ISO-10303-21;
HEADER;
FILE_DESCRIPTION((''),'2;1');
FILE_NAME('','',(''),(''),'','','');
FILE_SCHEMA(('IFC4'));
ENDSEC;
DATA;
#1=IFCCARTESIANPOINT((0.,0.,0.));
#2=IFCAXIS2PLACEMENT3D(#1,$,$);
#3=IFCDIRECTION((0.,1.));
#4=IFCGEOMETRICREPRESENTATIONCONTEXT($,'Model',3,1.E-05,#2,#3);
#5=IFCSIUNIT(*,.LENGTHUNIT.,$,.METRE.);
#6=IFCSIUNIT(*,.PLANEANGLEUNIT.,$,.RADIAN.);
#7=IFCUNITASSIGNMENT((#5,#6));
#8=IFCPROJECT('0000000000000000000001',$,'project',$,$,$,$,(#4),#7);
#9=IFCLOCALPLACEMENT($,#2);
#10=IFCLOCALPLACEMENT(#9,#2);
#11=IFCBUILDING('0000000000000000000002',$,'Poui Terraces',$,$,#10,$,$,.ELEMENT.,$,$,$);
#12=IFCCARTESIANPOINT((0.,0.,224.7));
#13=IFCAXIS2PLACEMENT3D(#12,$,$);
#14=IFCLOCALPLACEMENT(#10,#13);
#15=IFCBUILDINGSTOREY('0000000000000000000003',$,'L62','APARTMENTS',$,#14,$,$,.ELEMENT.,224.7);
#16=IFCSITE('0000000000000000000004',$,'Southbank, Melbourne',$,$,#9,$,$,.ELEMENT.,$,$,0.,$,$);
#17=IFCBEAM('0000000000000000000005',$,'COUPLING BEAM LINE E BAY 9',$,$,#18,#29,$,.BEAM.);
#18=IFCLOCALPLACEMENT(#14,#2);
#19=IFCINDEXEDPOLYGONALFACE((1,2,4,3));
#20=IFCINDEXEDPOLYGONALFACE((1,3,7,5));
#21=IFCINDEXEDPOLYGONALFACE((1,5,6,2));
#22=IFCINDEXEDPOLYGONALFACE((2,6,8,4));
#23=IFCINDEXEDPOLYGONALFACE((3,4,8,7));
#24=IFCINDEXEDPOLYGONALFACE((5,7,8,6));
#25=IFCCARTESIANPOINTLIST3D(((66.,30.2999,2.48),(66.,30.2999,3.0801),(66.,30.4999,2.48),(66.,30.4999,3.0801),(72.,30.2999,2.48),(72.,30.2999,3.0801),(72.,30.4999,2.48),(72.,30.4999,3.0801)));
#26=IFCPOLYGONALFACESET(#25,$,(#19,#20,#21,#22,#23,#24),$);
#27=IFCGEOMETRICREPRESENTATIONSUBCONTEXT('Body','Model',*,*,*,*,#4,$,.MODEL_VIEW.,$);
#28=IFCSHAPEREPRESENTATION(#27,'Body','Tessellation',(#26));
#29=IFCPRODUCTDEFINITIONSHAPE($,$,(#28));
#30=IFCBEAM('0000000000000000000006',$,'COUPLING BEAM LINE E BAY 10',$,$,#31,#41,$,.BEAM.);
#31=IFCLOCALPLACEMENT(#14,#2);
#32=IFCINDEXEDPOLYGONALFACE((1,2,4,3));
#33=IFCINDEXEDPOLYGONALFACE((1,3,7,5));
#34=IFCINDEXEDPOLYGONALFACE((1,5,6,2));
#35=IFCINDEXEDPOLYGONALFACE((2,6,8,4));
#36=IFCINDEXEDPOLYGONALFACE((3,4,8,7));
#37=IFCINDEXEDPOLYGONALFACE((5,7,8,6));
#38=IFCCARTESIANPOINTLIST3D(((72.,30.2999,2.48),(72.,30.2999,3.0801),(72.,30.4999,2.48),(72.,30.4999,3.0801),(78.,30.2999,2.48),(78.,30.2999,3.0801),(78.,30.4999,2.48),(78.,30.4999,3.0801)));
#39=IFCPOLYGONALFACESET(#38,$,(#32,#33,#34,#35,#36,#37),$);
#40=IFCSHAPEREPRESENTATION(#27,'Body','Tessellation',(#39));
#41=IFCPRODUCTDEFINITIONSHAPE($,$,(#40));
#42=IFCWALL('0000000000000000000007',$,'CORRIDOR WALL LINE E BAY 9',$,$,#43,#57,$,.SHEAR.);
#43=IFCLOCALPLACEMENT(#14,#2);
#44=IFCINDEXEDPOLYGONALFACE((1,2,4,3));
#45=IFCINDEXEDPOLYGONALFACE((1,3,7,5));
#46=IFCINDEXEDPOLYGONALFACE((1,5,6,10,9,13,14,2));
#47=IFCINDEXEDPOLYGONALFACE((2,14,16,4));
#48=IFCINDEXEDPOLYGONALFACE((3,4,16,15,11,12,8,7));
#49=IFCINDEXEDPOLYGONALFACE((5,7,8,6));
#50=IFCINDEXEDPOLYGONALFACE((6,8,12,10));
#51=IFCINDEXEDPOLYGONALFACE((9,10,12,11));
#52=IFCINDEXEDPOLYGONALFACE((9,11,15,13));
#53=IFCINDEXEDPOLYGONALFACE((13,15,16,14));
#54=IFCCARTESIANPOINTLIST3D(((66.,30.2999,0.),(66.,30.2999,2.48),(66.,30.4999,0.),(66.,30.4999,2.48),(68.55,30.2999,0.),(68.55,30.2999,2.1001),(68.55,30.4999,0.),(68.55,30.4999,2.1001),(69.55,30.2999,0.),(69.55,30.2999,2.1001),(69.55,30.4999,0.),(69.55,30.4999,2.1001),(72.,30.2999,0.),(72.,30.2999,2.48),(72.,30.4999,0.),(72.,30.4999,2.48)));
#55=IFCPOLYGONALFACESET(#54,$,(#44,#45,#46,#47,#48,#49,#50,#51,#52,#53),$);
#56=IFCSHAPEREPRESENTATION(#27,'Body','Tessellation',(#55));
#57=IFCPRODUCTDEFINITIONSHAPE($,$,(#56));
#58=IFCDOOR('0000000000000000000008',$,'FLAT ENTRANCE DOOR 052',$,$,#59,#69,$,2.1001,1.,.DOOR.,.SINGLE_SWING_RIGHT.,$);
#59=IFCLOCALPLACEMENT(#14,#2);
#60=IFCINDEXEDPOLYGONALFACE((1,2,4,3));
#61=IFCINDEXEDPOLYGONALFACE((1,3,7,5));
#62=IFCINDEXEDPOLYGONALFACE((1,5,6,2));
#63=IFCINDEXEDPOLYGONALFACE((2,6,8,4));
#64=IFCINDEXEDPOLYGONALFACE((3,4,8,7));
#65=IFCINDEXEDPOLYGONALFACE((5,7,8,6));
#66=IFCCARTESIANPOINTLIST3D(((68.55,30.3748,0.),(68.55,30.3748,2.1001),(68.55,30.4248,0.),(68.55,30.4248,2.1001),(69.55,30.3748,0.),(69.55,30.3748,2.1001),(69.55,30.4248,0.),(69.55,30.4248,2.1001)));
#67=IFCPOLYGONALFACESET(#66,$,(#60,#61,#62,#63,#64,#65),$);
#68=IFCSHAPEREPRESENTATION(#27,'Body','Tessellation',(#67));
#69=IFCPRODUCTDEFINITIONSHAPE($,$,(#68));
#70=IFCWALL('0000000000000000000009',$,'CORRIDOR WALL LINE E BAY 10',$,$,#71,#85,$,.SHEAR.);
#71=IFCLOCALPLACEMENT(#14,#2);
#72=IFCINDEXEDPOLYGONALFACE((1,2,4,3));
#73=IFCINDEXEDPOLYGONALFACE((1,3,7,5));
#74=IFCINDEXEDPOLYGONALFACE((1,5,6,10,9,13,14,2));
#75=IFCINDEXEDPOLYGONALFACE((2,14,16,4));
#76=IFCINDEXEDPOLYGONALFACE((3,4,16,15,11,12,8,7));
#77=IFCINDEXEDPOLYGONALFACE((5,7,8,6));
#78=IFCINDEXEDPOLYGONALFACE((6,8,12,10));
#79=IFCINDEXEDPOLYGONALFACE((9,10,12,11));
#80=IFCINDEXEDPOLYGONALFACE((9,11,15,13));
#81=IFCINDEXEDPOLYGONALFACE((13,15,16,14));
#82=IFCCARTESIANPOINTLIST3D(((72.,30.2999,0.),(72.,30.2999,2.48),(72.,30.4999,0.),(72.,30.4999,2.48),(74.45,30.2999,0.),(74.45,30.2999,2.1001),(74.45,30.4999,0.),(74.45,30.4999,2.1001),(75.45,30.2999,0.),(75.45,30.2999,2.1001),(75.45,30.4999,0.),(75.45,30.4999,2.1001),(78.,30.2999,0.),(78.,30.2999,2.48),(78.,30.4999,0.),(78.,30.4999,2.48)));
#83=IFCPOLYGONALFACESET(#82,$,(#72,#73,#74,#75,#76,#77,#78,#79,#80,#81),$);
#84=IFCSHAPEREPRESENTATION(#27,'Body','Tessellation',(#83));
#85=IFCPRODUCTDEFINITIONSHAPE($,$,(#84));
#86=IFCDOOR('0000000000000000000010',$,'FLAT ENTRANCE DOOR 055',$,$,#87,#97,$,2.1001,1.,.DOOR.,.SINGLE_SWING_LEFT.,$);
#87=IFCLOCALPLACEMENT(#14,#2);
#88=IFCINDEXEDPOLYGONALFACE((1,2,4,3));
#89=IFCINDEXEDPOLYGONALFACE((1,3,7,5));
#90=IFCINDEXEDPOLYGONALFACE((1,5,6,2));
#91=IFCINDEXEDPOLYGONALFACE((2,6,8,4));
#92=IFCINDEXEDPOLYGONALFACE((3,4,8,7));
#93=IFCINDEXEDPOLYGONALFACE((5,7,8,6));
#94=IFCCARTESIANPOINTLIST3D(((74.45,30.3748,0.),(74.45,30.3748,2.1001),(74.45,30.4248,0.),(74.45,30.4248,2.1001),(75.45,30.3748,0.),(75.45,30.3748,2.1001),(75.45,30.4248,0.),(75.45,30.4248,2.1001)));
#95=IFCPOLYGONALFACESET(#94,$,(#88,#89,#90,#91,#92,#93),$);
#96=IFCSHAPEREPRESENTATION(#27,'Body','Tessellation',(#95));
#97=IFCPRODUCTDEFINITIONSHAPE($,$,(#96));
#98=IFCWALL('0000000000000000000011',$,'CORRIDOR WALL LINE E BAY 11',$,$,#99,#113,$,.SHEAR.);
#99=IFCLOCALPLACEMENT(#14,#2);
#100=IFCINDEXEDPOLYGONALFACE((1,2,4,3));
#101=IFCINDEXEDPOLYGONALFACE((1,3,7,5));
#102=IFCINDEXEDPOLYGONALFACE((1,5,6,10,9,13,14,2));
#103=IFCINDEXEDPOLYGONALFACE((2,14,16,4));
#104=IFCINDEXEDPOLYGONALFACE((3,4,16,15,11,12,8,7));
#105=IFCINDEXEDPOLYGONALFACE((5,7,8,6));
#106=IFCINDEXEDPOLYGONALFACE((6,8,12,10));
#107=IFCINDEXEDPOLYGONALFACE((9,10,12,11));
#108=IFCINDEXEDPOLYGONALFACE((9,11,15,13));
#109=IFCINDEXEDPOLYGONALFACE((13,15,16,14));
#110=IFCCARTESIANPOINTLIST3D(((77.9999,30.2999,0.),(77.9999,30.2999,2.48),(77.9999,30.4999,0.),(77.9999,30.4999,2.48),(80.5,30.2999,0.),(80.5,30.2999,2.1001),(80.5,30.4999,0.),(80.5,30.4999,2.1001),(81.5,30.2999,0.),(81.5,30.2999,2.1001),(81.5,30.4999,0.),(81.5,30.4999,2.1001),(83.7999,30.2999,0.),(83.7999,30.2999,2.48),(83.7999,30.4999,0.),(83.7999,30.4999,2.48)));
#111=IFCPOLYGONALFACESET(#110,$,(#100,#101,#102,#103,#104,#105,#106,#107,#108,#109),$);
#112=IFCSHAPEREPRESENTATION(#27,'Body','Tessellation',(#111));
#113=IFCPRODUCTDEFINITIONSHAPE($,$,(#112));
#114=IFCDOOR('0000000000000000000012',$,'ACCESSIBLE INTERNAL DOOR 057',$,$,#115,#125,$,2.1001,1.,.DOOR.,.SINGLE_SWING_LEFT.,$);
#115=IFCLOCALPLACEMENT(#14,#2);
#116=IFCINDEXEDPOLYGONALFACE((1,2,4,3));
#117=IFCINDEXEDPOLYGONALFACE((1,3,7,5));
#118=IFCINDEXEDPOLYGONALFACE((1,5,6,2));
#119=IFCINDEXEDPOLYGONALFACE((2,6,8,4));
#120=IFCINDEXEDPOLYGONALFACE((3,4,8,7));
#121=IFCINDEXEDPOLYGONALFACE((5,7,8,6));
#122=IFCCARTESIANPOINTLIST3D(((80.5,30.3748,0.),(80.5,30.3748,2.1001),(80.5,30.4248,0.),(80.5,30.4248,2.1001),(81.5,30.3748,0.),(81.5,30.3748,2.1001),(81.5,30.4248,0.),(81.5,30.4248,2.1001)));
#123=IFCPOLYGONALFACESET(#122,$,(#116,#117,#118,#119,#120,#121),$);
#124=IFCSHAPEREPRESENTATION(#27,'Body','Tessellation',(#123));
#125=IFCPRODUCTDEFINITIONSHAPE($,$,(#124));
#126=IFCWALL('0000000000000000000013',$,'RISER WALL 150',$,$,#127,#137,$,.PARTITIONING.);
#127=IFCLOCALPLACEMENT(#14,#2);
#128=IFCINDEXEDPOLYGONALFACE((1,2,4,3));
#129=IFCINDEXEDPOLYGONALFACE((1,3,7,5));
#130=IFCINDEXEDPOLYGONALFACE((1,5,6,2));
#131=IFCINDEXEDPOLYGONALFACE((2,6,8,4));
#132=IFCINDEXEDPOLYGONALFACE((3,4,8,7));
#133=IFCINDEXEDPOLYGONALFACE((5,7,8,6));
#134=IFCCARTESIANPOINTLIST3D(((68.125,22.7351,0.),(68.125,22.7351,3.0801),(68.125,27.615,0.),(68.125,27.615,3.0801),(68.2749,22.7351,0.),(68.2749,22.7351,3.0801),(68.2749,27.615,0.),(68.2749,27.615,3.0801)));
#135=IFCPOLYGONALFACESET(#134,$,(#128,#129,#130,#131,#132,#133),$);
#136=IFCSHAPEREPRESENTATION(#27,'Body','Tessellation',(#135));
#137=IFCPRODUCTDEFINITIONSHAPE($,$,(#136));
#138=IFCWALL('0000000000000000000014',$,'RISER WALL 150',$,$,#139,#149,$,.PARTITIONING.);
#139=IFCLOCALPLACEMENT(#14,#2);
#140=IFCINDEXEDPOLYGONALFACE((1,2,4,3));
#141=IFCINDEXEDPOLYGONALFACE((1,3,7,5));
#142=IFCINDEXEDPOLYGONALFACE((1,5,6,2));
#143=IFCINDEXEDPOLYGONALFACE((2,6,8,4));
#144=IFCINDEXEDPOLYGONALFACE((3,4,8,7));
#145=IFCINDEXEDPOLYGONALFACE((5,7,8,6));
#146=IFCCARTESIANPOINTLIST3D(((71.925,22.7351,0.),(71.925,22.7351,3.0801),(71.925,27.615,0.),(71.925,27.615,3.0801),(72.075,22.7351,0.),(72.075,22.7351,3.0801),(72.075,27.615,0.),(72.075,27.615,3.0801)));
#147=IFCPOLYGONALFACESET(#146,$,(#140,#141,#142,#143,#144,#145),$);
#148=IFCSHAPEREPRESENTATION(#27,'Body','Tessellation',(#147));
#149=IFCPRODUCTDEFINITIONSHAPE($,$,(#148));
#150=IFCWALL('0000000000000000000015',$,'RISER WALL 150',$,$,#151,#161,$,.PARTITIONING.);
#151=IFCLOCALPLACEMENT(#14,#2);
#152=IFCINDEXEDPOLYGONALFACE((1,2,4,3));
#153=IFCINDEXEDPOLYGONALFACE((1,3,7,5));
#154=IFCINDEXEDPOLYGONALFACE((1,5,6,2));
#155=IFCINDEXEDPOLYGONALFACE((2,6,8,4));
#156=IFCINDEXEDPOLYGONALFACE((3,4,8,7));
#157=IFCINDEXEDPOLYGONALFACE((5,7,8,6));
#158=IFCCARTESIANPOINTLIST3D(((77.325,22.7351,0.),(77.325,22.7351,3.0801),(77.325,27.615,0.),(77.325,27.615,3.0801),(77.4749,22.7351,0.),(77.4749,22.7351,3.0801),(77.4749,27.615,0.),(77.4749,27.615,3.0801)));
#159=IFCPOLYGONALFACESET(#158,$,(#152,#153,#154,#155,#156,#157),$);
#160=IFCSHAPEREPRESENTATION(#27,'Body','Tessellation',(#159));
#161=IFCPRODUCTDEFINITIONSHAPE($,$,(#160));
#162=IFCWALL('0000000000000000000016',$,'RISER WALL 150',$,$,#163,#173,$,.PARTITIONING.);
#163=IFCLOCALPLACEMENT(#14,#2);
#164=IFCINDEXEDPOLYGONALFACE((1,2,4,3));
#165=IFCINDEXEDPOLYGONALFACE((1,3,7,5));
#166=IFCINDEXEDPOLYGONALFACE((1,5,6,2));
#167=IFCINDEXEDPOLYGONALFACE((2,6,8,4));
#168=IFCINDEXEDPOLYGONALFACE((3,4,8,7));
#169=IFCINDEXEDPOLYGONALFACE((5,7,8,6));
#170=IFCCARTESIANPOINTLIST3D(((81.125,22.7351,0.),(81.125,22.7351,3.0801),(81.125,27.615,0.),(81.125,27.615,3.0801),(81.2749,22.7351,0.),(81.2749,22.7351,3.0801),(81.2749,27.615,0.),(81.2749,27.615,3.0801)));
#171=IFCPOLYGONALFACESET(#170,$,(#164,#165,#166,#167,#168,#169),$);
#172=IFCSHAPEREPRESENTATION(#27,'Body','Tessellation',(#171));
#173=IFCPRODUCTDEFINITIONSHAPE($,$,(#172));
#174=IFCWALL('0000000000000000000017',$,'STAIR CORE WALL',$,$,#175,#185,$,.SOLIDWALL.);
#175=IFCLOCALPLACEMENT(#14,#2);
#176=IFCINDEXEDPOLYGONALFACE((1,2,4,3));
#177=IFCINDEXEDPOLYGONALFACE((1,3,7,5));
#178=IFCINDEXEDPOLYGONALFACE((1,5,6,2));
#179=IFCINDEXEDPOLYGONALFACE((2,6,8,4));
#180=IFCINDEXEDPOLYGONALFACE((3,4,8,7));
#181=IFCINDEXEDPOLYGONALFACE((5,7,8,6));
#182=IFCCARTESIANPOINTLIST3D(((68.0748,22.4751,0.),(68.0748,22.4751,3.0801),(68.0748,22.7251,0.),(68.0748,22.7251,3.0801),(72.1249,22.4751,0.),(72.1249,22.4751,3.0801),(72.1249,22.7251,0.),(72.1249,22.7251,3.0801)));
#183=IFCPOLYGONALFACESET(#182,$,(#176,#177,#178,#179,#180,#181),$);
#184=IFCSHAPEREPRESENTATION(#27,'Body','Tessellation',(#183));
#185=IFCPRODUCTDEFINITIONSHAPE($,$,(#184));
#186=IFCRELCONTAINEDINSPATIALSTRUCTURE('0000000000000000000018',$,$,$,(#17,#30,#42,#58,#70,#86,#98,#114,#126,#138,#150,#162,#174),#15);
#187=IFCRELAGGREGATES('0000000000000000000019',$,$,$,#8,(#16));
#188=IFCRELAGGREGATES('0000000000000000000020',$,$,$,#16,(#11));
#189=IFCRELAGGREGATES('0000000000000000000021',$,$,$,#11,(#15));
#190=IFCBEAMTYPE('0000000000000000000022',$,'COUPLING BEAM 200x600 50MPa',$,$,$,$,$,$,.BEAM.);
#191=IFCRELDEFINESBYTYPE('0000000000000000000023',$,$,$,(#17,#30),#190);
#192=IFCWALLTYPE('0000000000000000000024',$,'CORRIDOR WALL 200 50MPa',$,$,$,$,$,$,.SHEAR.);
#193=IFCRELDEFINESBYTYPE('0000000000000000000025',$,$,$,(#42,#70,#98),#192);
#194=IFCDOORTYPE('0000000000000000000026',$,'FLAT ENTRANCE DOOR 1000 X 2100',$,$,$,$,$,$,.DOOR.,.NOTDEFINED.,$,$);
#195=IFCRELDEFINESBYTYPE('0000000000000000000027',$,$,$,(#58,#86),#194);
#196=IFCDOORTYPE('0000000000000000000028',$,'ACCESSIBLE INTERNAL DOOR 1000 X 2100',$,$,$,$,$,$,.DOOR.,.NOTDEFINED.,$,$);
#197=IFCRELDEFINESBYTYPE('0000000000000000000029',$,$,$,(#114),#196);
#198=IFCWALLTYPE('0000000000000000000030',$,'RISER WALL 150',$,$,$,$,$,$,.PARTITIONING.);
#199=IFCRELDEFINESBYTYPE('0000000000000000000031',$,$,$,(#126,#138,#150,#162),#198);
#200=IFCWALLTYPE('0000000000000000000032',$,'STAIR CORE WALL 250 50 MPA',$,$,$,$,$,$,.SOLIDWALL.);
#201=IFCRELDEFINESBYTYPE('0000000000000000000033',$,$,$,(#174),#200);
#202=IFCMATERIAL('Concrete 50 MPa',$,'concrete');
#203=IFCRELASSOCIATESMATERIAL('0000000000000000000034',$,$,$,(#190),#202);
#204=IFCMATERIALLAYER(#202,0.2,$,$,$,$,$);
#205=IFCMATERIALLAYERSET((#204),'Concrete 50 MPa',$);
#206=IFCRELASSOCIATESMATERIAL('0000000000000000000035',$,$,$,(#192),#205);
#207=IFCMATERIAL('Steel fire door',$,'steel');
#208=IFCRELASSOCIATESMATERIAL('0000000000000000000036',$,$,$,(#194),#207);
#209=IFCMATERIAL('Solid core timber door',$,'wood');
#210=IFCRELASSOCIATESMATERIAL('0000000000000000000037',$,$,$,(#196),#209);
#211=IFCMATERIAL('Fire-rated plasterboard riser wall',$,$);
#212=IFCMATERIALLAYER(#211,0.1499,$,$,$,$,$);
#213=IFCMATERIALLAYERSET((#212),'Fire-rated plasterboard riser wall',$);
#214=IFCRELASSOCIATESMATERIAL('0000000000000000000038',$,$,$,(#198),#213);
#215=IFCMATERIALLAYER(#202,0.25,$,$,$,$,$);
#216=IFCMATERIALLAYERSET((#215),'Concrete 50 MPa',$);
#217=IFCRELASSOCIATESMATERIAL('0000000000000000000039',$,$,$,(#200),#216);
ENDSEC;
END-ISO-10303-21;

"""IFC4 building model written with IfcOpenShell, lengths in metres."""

from ifc_helpers import new_model, si_unit, direction, frame, frame_2d, origin, origin_2d, place, context, subcontext, project, spatial, rectangle, extrude, source, transform, mapped, material, layer, layer_set, material_profile, profile_set, type_object, element, fill, save


model = new_model("IFC4")

# Units and contexts
model_context = context("Model", 3, precision=1e-05, world=origin(), true_north=direction((0.0, 1.0)))
body_context = subcontext(model_context, "Body", "Model", "MODEL_VIEW")
ifc_project = project(units=[si_unit("LENGTHUNIT", "METRE"), si_unit("PLANEANGLEUNIT", "RADIAN")], contexts=[model_context])

# Site, building, storey
site_placement = place(None, origin())
site = spatial("IfcSite", under=ifc_project, at=site_placement, Name="Southbank, Melbourne", CompositionType="ELEMENT", RefElevation=0.0)
building_placement = place(site_placement, origin())
building = spatial("IfcBuilding", under=site, at=building_placement, Name="Poui Terraces", CompositionType="ELEMENT")
storey_placement = place(building_placement, frame((0.0, 0.0, 224.7)))
storey = spatial("IfcBuildingStorey", under=building, at=storey_placement, Name="L62", Description="APARTMENTS", CompositionType="ELEMENT", Elevation=224.7)

# Beams
ifc_material_1 = material(Name="Concrete 50 MPa", Category="concrete")
ifc_material_profile = material_profile(ifc_material_1, rectangle(XDim=0.2, YDim=0.6001, at=origin_2d()), Name="RC 200x600")
ifc_profile_set = profile_set([ifc_material_profile], Name="Concrete 50 MPa")
beam_type = type_object("IfcBeamType", Name="COUPLING BEAM 200x600 50MPa", PredefinedType="BEAM", material=ifc_profile_set)
shared_shape = source(origin(), body_context, "Body", "SweptSolid", [
    extrude(rectangle(XDim=0.2, YDim=0.6001, at=origin_2d()), origin(), (0.0, 0.0, 1.0), 6.0),
])
for number, where, z_axis, x_axis, name in (
    (1, (66.0, 30.3999, 2.78), (1.0, 0.0, 0.0), (0.0, 1.0, 0.0), "COUPLING BEAM LINE E BAY 9"),
    (2, (72.0, 30.3999, 2.78), (1.0, 0.0, 0.0), (0.0, 1.0, 0.0), "COUPLING BEAM LINE E BAY 10"),
):
    element("IfcBeam", number, at=place(storey_placement, frame(where, z_axis=z_axis, x_axis=x_axis)), inside=storey, type_object=beam_type, Name=name, PredefinedType="BEAM", context=body_context, shape_type="MappedRepresentation", body=[
        mapped(shared_shape, transform((0.0, 0.0, 0.0))),
    ])

# Walls, openings, doors
ifc_layer_1 = layer(ifc_material_1, 0.2)
ifc_layer_set_1 = layer_set([ifc_layer_1], Name="Concrete 50 MPa")
wall_type_1 = type_object("IfcWallType", Name="CORRIDOR WALL 200 50MPa", PredefinedType="SHEAR", material=ifc_layer_set_1)
wall_1_placement = place(storey_placement, frame((66.0, 30.3999, 0.0), z_axis=(0.0, 0.0, 1.0), x_axis=(1.0, 0.0, 0.0)))
wall_1 = element("IfcWall", 3, at=wall_1_placement, inside=storey, type_object=wall_type_1, Name="CORRIDOR WALL LINE E BAY 9", PredefinedType="SHEAR", context=body_context, shape_type="SweptSolid", body=[
    extrude(rectangle(XDim=6.0, YDim=0.2, at=frame_2d((3.0, 0.0))), origin(), (0.0, 0.0, 1.0), 2.48),
])
opening_1_placement = place(wall_1_placement, frame((2.55, 0.0, 0.0)))
opening_1 = element("IfcOpeningElement", 4, at=opening_1_placement, cuts=wall_1, PredefinedType="OPENING", context=body_context, shape_type="SweptSolid", body=[
    extrude(rectangle(XDim=1.0, YDim=2.1001, at=frame_2d((0.5, 1.05))), frame((0.0, 0.1099, 0.0), z_axis=(0.0, -1.0, 0.0), x_axis=(1.0, 0.0, 0.0)), (0.0, 0.0, 1.0), 0.22),
])
ifc_material_2 = material(Name="Steel fire door", Category="steel")
door_type_1 = type_object("IfcDoorType", Name="FLAT ENTRANCE DOOR 1000 X 2100", OperationType="NOTDEFINED", PredefinedType="DOOR", material=ifc_material_2)
door_1_placement = place(opening_1_placement, origin())
door_1 = element("IfcDoor", 5, at=door_1_placement, inside=storey, type_object=door_type_1, Name="FLAT ENTRANCE DOOR 052", OperationType="SINGLE_SWING_RIGHT", OverallHeight=2.1001, OverallWidth=1.0, PredefinedType="DOOR", context=body_context, shape_type="SweptSolid", body=[
    extrude(rectangle(XDim=1.0, YDim=2.1001, at=frame_2d((0.5, 1.05))), frame((0.0, 0.0249, 0.0), z_axis=(0.0, -1.0, 0.0), x_axis=(1.0, 0.0, 0.0)), (0.0, 0.0, 1.0), 0.05),
])
fill(opening_1, door_1)
wall_2_placement = place(storey_placement, frame((72.0, 30.3999, 0.0), z_axis=(0.0, 0.0, 1.0), x_axis=(1.0, 0.0, 0.0)))
wall_2 = element("IfcWall", 6, at=wall_2_placement, inside=storey, type_object=wall_type_1, Name="CORRIDOR WALL LINE E BAY 10", PredefinedType="SHEAR", context=body_context, shape_type="SweptSolid", body=[
    extrude(rectangle(XDim=6.0, YDim=0.2, at=frame_2d((3.0, 0.0))), origin(), (0.0, 0.0, 1.0), 2.48),
])
opening_2_placement = place(wall_2_placement, frame((2.45, 0.0, 0.0)))
opening_2 = element("IfcOpeningElement", 7, at=opening_2_placement, cuts=wall_2, PredefinedType="OPENING", context=body_context, shape_type="SweptSolid", body=[
    extrude(rectangle(XDim=1.0, YDim=2.1001, at=frame_2d((0.5, 1.05))), frame((0.0, 0.1099, 0.0), z_axis=(0.0, -1.0, 0.0), x_axis=(1.0, 0.0, 0.0)), (0.0, 0.0, 1.0), 0.22),
])
door_2_placement = place(opening_2_placement, origin())
door_2 = element("IfcDoor", 8, at=door_2_placement, inside=storey, type_object=door_type_1, Name="FLAT ENTRANCE DOOR 055", OperationType="SINGLE_SWING_LEFT", OverallHeight=2.1001, OverallWidth=1.0, PredefinedType="DOOR", context=body_context, shape_type="SweptSolid", body=[
    extrude(rectangle(XDim=1.0, YDim=2.1001, at=frame_2d((0.5, 1.05))), frame((0.0, 0.0249, 0.0), z_axis=(0.0, -1.0, 0.0), x_axis=(1.0, 0.0, 0.0)), (0.0, 0.0, 1.0), 0.05),
])
fill(opening_2, door_2)
wall_3_placement = place(storey_placement, frame((78.0, 30.3999, 0.0), z_axis=(0.0, 0.0, 1.0), x_axis=(1.0, 0.0, 0.0)))
wall_3 = element("IfcWall", 9, at=wall_3_placement, inside=storey, type_object=wall_type_1, Name="CORRIDOR WALL LINE E BAY 11", PredefinedType="SHEAR", context=body_context, shape_type="SweptSolid", body=[
    extrude(rectangle(XDim=5.8, YDim=0.2, at=frame_2d((2.8999, 0.0))), origin(), (0.0, 0.0, 1.0), 2.48),
])
opening_3_placement = place(wall_3_placement, frame((2.5, 0.0, 0.0)))
opening_3 = element("IfcOpeningElement", 10, at=opening_3_placement, cuts=wall_3, PredefinedType="OPENING", context=body_context, shape_type="SweptSolid", body=[
    extrude(rectangle(XDim=1.0, YDim=2.1001, at=frame_2d((0.5, 1.05))), frame((0.0, 0.1099, 0.0), z_axis=(0.0, -1.0, 0.0), x_axis=(1.0, 0.0, 0.0)), (0.0, 0.0, 1.0), 0.22),
])
ifc_material_3 = material(Name="Solid core timber door", Category="wood")
door_type_2 = type_object("IfcDoorType", Name="ACCESSIBLE INTERNAL DOOR 1000 X 2100", OperationType="NOTDEFINED", PredefinedType="DOOR", material=ifc_material_3)
door_3_placement = place(opening_3_placement, origin())
door_3 = element("IfcDoor", 11, at=door_3_placement, inside=storey, type_object=door_type_2, Name="ACCESSIBLE INTERNAL DOOR 057", OperationType="SINGLE_SWING_LEFT", OverallHeight=2.1001, OverallWidth=1.0, PredefinedType="DOOR", context=body_context, shape_type="SweptSolid", body=[
    extrude(rectangle(XDim=1.0, YDim=2.1001, at=frame_2d((0.5, 1.05))), frame((0.0, 0.0249, 0.0), z_axis=(0.0, -1.0, 0.0), x_axis=(1.0, 0.0, 0.0)), (0.0, 0.0, 1.0), 0.05),
])
fill(opening_3, door_3)

# Walls
ifc_material_4 = material(Name="Fire-rated plasterboard riser wall")
ifc_layer_2 = layer(ifc_material_4, 0.1499)
ifc_layer_set_2 = layer_set([ifc_layer_2], Name="Fire-rated plasterboard riser wall")
wall_type_2 = type_object("IfcWallType", Name="RISER WALL 150", PredefinedType="PARTITIONING", material=ifc_layer_set_2)
for number, where, z_axis, x_axis, name in (
    (12, (68.2, 22.7351, 0.0), (0.0, 0.0, 1.0), (0.0, 1.0, 0.0), "RISER WALL 150"),
    (13, (72.0, 22.7351, 0.0), (0.0, 0.0, 1.0), (0.0, 1.0, 0.0), "RISER WALL 150"),
    (14, (77.3999, 22.7351, 0.0), (0.0, 0.0, 1.0), (0.0, 1.0, 0.0), "RISER WALL 150"),
    (15, (81.2, 22.7351, 0.0), (0.0, 0.0, 1.0), (0.0, 1.0, 0.0), "RISER WALL 150"),
):
    element("IfcWall", number, at=place(storey_placement, frame(where, z_axis=z_axis, x_axis=x_axis)), inside=storey, type_object=wall_type_2, Name=name, PredefinedType="PARTITIONING", context=body_context, shape_type="SweptSolid", body=[
        extrude(rectangle(XDim=4.8799, YDim=0.1499, at=frame_2d((2.4399, 0.0))), origin(), (0.0, 0.0, 1.0), 3.0801),
    ])
ifc_layer_3 = layer(ifc_material_1, 0.25)
ifc_layer_set_3 = layer_set([ifc_layer_3], Name="Concrete 50 MPa")
wall_type_3 = type_object("IfcWallType", Name="STAIR CORE WALL 250 50 MPA", PredefinedType="SOLIDWALL", material=ifc_layer_set_3)
for number, where, z_axis, x_axis, name in (
    (16, (68.075, 22.6001, 0.0), (0.0, 0.0, 1.0), (1.0, 0.0, 0.0), "STAIR CORE WALL"),
):
    element("IfcWall", number, at=place(storey_placement, frame(where, z_axis=z_axis, x_axis=x_axis)), inside=storey, type_object=wall_type_3, Name=name, PredefinedType="SOLIDWALL", context=body_context, shape_type="SweptSolid", body=[
        extrude(rectangle(XDim=4.05, YDim=0.25, at=frame_2d((2.0249, 0.0))), origin(), (0.0, 0.0, 1.0), 3.0801),
    ])

save(model, "model.ifc")
